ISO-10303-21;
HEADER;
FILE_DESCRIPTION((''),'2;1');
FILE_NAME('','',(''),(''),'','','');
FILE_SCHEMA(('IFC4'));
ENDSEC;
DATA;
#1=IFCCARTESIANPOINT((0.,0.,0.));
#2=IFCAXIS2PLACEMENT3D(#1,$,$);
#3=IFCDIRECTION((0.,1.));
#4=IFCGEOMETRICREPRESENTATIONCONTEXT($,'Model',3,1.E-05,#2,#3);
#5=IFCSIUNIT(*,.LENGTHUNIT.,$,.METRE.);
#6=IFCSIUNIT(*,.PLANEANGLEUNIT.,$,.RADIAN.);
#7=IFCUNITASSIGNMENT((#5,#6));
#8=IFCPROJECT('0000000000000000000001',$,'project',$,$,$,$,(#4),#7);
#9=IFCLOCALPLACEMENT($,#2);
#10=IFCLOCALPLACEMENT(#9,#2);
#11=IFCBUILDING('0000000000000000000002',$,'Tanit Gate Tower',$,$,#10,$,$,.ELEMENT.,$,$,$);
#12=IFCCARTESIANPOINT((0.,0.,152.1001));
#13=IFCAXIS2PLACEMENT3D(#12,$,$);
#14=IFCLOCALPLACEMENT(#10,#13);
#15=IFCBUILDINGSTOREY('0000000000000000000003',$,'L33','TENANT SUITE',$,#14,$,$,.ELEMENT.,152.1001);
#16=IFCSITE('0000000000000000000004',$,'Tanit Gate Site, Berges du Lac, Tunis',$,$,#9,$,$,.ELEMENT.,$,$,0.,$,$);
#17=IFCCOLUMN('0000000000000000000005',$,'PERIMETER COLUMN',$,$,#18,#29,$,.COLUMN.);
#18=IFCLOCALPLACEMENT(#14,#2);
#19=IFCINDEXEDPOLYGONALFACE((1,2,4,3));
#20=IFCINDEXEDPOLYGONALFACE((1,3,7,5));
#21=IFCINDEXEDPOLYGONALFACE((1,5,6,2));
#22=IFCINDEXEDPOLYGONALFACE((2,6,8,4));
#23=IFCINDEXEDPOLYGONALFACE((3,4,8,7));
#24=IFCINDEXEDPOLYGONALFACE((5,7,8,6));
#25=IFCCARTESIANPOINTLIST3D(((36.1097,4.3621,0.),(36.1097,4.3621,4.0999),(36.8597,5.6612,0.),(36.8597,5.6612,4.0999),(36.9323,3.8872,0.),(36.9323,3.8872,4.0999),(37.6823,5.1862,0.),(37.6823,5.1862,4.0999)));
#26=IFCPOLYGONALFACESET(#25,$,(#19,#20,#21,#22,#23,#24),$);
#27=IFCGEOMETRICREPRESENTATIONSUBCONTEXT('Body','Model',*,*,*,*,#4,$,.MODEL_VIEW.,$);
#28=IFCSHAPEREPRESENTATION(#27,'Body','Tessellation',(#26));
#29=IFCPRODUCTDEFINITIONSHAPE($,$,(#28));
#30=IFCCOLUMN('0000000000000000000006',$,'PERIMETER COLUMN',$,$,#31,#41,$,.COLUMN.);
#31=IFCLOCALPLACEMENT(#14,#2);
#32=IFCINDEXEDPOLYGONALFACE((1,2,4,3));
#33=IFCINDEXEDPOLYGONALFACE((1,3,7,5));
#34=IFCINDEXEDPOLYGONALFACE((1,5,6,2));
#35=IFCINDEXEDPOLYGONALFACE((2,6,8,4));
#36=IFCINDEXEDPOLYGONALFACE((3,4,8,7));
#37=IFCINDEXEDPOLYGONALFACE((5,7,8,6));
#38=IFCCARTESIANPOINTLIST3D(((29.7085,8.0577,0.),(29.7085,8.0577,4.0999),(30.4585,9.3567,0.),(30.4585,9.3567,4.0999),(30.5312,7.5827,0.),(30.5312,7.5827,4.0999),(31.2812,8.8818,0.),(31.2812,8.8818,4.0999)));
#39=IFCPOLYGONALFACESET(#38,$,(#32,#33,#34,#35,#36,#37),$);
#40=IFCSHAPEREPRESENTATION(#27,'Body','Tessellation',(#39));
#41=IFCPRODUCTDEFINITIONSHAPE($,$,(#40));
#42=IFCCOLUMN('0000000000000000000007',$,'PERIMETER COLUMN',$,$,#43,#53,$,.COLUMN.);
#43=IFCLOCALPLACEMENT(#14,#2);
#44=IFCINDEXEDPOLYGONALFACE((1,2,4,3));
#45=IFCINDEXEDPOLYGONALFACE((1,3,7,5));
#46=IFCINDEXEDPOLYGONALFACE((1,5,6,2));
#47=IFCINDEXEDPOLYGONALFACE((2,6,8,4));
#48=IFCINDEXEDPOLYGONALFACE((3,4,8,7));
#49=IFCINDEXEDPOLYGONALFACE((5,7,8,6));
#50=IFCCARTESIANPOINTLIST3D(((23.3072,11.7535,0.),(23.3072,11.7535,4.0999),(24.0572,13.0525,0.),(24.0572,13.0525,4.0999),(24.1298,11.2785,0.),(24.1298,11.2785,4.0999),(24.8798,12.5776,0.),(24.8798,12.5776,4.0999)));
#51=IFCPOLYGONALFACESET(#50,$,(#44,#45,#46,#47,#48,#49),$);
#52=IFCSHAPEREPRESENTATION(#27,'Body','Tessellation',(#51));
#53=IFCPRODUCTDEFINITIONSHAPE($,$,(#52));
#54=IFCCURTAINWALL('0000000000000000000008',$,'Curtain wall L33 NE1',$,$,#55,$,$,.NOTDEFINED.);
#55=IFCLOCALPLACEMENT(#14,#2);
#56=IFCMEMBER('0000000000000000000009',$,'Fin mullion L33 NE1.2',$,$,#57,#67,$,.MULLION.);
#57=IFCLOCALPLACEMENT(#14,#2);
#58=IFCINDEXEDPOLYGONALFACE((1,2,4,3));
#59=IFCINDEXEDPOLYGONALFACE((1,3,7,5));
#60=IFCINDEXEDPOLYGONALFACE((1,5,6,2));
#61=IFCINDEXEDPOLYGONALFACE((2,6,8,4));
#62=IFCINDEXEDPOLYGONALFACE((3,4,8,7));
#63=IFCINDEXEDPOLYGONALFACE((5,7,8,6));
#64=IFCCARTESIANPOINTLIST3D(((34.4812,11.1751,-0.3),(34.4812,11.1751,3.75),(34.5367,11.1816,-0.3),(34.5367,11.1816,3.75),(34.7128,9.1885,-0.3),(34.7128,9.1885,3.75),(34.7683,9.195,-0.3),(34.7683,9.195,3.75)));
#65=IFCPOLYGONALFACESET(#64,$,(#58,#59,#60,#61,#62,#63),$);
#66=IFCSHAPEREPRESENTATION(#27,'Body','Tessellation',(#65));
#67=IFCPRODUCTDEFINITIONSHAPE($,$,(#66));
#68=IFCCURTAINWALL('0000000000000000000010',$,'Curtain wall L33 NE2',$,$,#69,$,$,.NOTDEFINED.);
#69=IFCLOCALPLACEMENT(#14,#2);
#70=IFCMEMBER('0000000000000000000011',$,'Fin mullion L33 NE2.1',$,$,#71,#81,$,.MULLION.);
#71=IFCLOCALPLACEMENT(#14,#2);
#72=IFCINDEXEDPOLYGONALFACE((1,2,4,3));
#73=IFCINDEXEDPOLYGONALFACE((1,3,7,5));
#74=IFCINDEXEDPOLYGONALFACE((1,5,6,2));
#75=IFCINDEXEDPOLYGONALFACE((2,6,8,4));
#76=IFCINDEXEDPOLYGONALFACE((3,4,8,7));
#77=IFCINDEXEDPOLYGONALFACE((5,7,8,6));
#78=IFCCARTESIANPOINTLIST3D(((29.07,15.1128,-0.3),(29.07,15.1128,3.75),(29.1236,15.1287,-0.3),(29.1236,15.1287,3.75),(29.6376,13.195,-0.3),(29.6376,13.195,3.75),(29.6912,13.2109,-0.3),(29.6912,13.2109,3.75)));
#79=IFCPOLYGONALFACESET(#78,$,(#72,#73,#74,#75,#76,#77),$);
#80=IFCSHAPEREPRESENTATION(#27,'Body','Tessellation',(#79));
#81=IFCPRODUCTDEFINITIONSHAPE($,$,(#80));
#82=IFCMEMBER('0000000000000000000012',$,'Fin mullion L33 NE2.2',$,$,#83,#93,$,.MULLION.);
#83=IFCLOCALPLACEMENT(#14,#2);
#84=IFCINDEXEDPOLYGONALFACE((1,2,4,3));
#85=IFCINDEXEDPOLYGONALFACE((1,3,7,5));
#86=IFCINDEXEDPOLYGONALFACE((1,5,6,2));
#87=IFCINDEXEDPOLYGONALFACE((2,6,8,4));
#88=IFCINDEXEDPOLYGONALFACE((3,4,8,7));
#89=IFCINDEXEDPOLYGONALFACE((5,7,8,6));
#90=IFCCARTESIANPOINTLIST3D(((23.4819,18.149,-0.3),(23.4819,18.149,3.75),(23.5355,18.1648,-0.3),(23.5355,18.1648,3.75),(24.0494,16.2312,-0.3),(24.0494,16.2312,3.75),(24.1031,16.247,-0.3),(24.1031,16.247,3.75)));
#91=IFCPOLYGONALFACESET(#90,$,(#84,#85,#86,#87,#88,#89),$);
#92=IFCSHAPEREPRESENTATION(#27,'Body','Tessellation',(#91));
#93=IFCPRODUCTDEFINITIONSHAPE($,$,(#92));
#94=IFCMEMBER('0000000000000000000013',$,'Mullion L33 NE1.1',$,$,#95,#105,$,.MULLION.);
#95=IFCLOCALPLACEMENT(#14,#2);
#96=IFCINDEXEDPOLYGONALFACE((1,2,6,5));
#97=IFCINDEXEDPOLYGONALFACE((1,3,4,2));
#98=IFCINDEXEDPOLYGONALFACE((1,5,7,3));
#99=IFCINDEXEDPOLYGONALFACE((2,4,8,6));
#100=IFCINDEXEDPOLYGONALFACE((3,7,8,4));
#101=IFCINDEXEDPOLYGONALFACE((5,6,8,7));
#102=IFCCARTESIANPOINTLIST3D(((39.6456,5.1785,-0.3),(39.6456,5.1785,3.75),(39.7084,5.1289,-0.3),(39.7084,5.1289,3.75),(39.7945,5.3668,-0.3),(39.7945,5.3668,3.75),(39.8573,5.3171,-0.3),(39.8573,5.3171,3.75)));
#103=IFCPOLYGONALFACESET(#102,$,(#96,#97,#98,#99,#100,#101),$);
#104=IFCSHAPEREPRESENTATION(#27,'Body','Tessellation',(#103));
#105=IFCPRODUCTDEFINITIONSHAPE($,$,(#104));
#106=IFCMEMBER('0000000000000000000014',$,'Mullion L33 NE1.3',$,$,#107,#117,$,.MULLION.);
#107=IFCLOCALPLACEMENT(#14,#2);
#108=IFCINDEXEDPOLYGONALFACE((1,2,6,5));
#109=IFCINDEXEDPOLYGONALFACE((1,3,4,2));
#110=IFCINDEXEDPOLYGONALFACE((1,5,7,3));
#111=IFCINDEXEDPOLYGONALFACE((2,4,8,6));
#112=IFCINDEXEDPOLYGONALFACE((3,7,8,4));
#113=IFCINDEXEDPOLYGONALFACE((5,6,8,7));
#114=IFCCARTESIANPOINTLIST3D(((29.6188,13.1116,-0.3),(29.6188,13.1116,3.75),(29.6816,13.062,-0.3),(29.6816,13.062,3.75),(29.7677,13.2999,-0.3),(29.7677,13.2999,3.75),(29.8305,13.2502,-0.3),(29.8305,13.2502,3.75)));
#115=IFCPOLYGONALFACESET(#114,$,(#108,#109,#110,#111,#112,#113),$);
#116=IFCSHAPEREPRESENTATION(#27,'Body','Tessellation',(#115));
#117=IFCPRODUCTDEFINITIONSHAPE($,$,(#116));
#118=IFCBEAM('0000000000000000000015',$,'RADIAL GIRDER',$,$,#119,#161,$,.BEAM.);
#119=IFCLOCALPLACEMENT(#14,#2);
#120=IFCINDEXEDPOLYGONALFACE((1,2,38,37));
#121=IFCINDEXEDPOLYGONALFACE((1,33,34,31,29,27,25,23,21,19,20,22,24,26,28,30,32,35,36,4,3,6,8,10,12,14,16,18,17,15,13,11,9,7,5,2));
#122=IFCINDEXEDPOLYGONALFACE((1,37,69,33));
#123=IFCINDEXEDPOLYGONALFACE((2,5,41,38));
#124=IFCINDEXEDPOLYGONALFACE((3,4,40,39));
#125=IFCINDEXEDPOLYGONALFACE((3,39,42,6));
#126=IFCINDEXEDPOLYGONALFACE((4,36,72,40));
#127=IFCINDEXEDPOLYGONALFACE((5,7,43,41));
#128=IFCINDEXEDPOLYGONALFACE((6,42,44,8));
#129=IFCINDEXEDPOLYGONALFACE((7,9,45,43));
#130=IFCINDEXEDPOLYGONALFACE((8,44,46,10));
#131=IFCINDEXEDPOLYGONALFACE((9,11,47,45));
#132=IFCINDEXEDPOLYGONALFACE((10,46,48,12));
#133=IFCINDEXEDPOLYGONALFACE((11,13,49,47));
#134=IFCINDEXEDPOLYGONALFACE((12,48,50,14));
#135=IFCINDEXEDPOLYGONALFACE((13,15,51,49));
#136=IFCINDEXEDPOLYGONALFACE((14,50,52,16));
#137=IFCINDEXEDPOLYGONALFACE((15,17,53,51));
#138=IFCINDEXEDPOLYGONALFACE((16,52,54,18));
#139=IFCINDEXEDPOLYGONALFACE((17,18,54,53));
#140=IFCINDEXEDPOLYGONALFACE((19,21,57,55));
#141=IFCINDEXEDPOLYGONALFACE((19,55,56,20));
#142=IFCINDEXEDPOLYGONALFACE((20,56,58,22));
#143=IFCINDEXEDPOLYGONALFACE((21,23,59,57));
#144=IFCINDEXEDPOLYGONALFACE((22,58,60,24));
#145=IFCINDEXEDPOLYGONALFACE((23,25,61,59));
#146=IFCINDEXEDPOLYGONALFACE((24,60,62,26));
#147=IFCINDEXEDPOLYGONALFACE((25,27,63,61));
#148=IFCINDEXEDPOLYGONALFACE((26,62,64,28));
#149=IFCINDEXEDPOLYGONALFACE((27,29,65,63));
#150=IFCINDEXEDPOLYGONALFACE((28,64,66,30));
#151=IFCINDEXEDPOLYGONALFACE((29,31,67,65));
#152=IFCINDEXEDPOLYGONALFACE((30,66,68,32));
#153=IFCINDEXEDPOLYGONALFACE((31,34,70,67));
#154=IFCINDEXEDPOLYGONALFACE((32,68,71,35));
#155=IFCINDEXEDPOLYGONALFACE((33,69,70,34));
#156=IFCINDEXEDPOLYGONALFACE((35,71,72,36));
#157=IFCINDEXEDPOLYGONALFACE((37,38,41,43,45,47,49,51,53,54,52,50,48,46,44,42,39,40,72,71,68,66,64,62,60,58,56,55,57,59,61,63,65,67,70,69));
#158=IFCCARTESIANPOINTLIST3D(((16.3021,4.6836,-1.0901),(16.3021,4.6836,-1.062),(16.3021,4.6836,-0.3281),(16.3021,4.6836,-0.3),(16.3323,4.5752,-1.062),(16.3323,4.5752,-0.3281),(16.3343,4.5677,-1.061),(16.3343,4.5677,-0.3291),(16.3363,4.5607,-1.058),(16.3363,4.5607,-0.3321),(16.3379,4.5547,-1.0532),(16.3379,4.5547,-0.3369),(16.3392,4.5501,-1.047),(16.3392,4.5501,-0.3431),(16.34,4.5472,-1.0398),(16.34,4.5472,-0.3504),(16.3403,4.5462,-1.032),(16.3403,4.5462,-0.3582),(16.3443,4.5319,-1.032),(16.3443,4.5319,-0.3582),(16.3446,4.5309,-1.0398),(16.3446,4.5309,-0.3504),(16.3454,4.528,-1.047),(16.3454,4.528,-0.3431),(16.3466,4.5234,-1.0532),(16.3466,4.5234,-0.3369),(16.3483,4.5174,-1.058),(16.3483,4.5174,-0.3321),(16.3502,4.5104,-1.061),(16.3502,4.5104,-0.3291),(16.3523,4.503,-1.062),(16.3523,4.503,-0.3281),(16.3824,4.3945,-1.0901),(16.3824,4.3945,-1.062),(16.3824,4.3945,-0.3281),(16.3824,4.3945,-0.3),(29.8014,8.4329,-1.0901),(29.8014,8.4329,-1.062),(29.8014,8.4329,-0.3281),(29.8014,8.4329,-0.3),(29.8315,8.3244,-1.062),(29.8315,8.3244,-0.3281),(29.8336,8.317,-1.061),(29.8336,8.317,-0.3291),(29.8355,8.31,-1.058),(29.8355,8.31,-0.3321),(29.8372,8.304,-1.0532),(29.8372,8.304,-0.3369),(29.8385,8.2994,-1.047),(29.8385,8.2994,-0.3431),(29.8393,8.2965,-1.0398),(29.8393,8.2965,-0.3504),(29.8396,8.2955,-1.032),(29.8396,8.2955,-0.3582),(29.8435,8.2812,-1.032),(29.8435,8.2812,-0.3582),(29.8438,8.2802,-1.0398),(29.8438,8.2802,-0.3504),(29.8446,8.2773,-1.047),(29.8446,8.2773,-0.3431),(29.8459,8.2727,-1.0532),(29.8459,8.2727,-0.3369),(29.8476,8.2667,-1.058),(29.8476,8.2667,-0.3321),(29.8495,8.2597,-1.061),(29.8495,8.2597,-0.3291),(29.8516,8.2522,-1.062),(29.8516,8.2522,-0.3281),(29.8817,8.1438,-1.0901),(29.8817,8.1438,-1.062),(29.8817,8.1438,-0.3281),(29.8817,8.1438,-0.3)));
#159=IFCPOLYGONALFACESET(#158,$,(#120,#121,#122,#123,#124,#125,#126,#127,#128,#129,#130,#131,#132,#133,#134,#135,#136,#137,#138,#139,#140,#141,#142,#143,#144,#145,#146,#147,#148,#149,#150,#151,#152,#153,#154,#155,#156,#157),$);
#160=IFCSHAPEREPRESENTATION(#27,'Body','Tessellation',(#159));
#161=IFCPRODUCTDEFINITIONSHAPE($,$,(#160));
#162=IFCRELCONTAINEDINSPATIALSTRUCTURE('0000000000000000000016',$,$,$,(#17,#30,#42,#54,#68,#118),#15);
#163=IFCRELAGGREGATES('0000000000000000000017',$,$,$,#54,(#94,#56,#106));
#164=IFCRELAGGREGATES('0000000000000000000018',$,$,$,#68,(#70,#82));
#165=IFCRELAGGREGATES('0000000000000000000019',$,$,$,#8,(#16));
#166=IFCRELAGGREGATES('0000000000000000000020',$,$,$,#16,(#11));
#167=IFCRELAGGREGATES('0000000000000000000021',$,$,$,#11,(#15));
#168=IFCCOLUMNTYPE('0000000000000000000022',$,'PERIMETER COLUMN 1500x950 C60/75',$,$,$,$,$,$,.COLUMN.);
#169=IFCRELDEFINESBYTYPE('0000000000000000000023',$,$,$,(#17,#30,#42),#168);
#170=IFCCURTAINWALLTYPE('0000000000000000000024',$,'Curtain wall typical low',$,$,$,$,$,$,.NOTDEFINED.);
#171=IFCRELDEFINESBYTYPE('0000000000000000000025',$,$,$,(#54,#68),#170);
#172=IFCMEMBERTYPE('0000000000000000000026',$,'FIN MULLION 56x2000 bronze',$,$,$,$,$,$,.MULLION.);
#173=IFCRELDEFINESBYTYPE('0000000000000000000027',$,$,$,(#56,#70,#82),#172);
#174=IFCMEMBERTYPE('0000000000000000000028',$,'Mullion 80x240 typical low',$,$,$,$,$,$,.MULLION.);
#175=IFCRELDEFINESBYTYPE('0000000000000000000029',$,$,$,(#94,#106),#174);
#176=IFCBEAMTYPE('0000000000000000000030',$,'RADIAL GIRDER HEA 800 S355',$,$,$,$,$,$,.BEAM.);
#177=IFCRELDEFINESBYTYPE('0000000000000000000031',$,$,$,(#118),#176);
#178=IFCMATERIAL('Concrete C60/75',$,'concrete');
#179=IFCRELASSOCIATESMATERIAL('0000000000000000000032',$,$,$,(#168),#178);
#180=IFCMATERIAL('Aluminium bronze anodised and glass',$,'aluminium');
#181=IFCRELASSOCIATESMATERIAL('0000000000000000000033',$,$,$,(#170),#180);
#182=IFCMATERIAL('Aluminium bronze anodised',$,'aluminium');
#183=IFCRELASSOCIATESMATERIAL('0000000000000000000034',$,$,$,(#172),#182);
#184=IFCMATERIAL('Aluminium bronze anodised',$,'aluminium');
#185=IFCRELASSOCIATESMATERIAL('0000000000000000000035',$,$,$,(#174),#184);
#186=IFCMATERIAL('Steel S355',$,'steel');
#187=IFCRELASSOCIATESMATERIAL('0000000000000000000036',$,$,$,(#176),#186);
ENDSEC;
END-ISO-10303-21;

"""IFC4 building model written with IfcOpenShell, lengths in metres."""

from ifc_helpers import new_model, si_unit, direction, frame, origin, origin_2d, place, context, subcontext, project, spatial, rectangle, i_section, extrude, material, material_profile, profile_set, type_object, element, aggregate, save


model = new_model("IFC4")

# Units and contexts
model_context = context("Model", 3, precision=1e-05, world=origin(), true_north=direction((0.0, 1.0)))
body_context = subcontext(model_context, "Body", "Model", "MODEL_VIEW")
ifc_project = project(units=[si_unit("LENGTHUNIT", "METRE"), si_unit("PLANEANGLEUNIT", "RADIAN")], contexts=[model_context])

# Site, building, storey
site_placement = place(None, origin())
site = spatial("IfcSite", under=ifc_project, at=site_placement, Name="Tanit Gate Site, Berges du Lac, Tunis", CompositionType="ELEMENT", RefElevation=0.0)
building_placement = place(site_placement, origin())
building = spatial("IfcBuilding", under=site, at=building_placement, Name="Tanit Gate Tower", CompositionType="ELEMENT")
storey_placement = place(building_placement, frame((0.0, 0.0, 152.1001)))
storey = spatial("IfcBuildingStorey", under=building, at=storey_placement, Name="L33", Description="TENANT SUITE", CompositionType="ELEMENT", Elevation=152.1001)

# Columns
ifc_material_1 = material(Name="Concrete C60/75", Category="concrete")
ifc_material_profile_1 = material_profile(ifc_material_1, rectangle(XDim=1.5, YDim=0.95, at=origin_2d()), Name="RC 1500x950")
ifc_profile_set_1 = profile_set([ifc_material_profile_1], Name="Concrete C60/75")
column_type = type_object("IfcColumnType", Name="PERIMETER COLUMN 1500x950 C60/75", PredefinedType="COLUMN", material=ifc_profile_set_1)
for number, where, z_axis, x_axis, name in (
    (1, (36.896, 4.7742, 0.0), (0.0, 0.0, 1.0), (0.5, 0.866025, 0.0), "PERIMETER COLUMN"),
    (2, (30.4949, 8.4697, 0.0), (0.0, 0.0, 1.0), (0.5, 0.866025, 0.0), "PERIMETER COLUMN"),
    (3, (24.0935, 12.1655, 0.0), (0.0, 0.0, 1.0), (0.5, 0.866025, 0.0), "PERIMETER COLUMN"),
):
    element("IfcColumn", number, at=place(storey_placement, frame(where, z_axis=z_axis, x_axis=x_axis)), inside=storey, type_object=column_type, Name=name, PredefinedType="COLUMN", context=body_context, shape_type="SweptSolid", body=[
        extrude(rectangle(XDim=1.5, YDim=0.95, at=origin_2d()), origin(), (0.0, 0.0, 1.0), 4.0999),
    ])

# Curtain wall, member
ifc_material_2 = material(Name="Aluminium bronze anodised and glass", Category="aluminium")
curtain_wall_type = type_object("IfcCurtainWallType", Name="Curtain wall typical low", PredefinedType="NOTDEFINED", material=ifc_material_2)
curtain_wall_1_placement = place(storey_placement, origin())
curtain_wall_1 = element("IfcCurtainWall", 4, at=curtain_wall_1_placement, inside=storey, type_object=curtain_wall_type, Name="Curtain wall L33 NE1", PredefinedType="NOTDEFINED")
ifc_material_3 = material(Name="Aluminium bronze anodised", Category="aluminium")
ifc_material_profile_2 = material_profile(ifc_material_3, rectangle(XDim=2.0, YDim=0.0559, at=origin_2d()), Name="56x2000 bronze fin mullion")
ifc_profile_set_2 = profile_set([ifc_material_profile_2], Name="Aluminium bronze anodised")
member_type_1 = type_object("IfcMemberType", Name="FIN MULLION 56x2000 bronze", PredefinedType="MULLION", material=ifc_profile_set_2)
member_1_placement = place(storey_placement, frame((34.6248, 10.1851, -0.3), z_axis=(0.0, 0.0, 1.0), x_axis=(0.115806, -0.993272, 0.0)))
member_1 = element("IfcMember", 5, at=member_1_placement, type_object=member_type_1, Name="Fin mullion L33 NE1.2", PredefinedType="MULLION", context=body_context, shape_type="SweptSolid", body=[
    extrude(rectangle(XDim=2.0, YDim=0.0559, at=origin_2d()), origin(), (0.0, 0.0, 1.0), 4.05),
])

# Curtain wall, members
curtain_wall_2_placement = place(storey_placement, origin())
curtain_wall_2 = element("IfcCurtainWall", 6, at=curtain_wall_2_placement, inside=storey, type_object=curtain_wall_type, Name="Curtain wall L33 NE2", PredefinedType="NOTDEFINED")
member_2_placement = place(storey_placement, frame((29.3806, 14.1619, -0.3), z_axis=(0.0, 0.0, 1.0), x_axis=(0.283773, -0.958892, 0.0)))
member_2 = element("IfcMember", 7, at=member_2_placement, type_object=member_type_1, Name="Fin mullion L33 NE2.1", PredefinedType="MULLION", context=body_context, shape_type="SweptSolid", body=[
    extrude(rectangle(XDim=2.0, YDim=0.0559, at=origin_2d()), origin(), (0.0, 0.0, 1.0), 4.05),
])
member_3_placement = place(storey_placement, frame((23.7925, 17.198, -0.3), z_axis=(0.0, 0.0, 1.0), x_axis=(0.283773, -0.958892, 0.0)))
member_3 = element("IfcMember", 8, at=member_3_placement, type_object=member_type_1, Name="Fin mullion L33 NE2.2", PredefinedType="MULLION", context=body_context, shape_type="SweptSolid", body=[
    extrude(rectangle(XDim=2.0, YDim=0.0559, at=origin_2d()), origin(), (0.0, 0.0, 1.0), 4.05),
])

# Members
ifc_material_4 = material(Name="Aluminium bronze anodised", Category="aluminium")
ifc_material_profile_3 = material_profile(ifc_material_4, rectangle(XDim=0.24, YDim=0.0801, at=origin_2d()), Name="80x240 bronze mullion")
ifc_profile_set_3 = profile_set([ifc_material_profile_3], Name="Aluminium bronze anodised")
member_type_2 = type_object("IfcMemberType", Name="Mullion 80x240 typical low", PredefinedType="MULLION", material=ifc_profile_set_3)
member_4_placement = place(storey_placement, frame((39.7515, 5.2478, -0.3), z_axis=(0.0, 0.0, 1.0), x_axis=(-0.620462, -0.784237, 0.0)))
member_4 = element("IfcMember", 9, at=member_4_placement, type_object=member_type_2, Name="Mullion L33 NE1.1", PredefinedType="MULLION", context=body_context, shape_type="SweptSolid", body=[
    extrude(rectangle(XDim=0.24, YDim=0.0801, at=origin_2d()), origin(), (0.0, 0.0, 1.0), 4.05),
])
member_5_placement = place(storey_placement, frame((29.7246, 13.1809, -0.3), z_axis=(0.0, 0.0, 1.0), x_axis=(-0.620462, -0.784237, 0.0)))
member_5 = element("IfcMember", 10, at=member_5_placement, type_object=member_type_2, Name="Mullion L33 NE1.3", PredefinedType="MULLION", context=body_context, shape_type="SweptSolid", body=[
    extrude(rectangle(XDim=0.24, YDim=0.0801, at=origin_2d()), origin(), (0.0, 0.0, 1.0), 4.05),
])

# Beam
ifc_material_5 = material(Name="Steel S355", Category="steel")
ifc_material_profile_4 = material_profile(ifc_material_5, i_section(OverallWidth=0.3, OverallDepth=0.79, WebThickness=0.0149, FlangeThickness=0.0281, FilletRadius=0.03, at=origin_2d()), Name="HEA 800")
ifc_profile_set_4 = profile_set([ifc_material_profile_4], Name="Steel S355")
beam_type_1 = type_object("IfcBeamType", Name="RADIAL GIRDER HEA 800 S355", PredefinedType="BEAM", material=ifc_profile_set_4)
beam_1_placement = place(storey_placement, frame((29.8416, 8.2883, -0.6951), z_axis=(-0.963528, -0.267609, 0.0), x_axis=(0.267609, -0.963528, 0.0)))
element("IfcBeam", 11, at=beam_1_placement, inside=storey, type_object=beam_type_1, Name="RADIAL GIRDER", PredefinedType="BEAM", context=body_context, shape_type="SweptSolid", body=[
    extrude(i_section(OverallWidth=0.3, OverallDepth=0.79, WebThickness=0.0149, FlangeThickness=0.0281, FilletRadius=0.03, at=origin_2d()), origin(), (0.0, 0.0, 1.0), 14.0103),
])

aggregate(curtain_wall_1, [member_4, member_1, member_5])
aggregate(curtain_wall_2, [member_2, member_3])

save(model, "model.ifc")
